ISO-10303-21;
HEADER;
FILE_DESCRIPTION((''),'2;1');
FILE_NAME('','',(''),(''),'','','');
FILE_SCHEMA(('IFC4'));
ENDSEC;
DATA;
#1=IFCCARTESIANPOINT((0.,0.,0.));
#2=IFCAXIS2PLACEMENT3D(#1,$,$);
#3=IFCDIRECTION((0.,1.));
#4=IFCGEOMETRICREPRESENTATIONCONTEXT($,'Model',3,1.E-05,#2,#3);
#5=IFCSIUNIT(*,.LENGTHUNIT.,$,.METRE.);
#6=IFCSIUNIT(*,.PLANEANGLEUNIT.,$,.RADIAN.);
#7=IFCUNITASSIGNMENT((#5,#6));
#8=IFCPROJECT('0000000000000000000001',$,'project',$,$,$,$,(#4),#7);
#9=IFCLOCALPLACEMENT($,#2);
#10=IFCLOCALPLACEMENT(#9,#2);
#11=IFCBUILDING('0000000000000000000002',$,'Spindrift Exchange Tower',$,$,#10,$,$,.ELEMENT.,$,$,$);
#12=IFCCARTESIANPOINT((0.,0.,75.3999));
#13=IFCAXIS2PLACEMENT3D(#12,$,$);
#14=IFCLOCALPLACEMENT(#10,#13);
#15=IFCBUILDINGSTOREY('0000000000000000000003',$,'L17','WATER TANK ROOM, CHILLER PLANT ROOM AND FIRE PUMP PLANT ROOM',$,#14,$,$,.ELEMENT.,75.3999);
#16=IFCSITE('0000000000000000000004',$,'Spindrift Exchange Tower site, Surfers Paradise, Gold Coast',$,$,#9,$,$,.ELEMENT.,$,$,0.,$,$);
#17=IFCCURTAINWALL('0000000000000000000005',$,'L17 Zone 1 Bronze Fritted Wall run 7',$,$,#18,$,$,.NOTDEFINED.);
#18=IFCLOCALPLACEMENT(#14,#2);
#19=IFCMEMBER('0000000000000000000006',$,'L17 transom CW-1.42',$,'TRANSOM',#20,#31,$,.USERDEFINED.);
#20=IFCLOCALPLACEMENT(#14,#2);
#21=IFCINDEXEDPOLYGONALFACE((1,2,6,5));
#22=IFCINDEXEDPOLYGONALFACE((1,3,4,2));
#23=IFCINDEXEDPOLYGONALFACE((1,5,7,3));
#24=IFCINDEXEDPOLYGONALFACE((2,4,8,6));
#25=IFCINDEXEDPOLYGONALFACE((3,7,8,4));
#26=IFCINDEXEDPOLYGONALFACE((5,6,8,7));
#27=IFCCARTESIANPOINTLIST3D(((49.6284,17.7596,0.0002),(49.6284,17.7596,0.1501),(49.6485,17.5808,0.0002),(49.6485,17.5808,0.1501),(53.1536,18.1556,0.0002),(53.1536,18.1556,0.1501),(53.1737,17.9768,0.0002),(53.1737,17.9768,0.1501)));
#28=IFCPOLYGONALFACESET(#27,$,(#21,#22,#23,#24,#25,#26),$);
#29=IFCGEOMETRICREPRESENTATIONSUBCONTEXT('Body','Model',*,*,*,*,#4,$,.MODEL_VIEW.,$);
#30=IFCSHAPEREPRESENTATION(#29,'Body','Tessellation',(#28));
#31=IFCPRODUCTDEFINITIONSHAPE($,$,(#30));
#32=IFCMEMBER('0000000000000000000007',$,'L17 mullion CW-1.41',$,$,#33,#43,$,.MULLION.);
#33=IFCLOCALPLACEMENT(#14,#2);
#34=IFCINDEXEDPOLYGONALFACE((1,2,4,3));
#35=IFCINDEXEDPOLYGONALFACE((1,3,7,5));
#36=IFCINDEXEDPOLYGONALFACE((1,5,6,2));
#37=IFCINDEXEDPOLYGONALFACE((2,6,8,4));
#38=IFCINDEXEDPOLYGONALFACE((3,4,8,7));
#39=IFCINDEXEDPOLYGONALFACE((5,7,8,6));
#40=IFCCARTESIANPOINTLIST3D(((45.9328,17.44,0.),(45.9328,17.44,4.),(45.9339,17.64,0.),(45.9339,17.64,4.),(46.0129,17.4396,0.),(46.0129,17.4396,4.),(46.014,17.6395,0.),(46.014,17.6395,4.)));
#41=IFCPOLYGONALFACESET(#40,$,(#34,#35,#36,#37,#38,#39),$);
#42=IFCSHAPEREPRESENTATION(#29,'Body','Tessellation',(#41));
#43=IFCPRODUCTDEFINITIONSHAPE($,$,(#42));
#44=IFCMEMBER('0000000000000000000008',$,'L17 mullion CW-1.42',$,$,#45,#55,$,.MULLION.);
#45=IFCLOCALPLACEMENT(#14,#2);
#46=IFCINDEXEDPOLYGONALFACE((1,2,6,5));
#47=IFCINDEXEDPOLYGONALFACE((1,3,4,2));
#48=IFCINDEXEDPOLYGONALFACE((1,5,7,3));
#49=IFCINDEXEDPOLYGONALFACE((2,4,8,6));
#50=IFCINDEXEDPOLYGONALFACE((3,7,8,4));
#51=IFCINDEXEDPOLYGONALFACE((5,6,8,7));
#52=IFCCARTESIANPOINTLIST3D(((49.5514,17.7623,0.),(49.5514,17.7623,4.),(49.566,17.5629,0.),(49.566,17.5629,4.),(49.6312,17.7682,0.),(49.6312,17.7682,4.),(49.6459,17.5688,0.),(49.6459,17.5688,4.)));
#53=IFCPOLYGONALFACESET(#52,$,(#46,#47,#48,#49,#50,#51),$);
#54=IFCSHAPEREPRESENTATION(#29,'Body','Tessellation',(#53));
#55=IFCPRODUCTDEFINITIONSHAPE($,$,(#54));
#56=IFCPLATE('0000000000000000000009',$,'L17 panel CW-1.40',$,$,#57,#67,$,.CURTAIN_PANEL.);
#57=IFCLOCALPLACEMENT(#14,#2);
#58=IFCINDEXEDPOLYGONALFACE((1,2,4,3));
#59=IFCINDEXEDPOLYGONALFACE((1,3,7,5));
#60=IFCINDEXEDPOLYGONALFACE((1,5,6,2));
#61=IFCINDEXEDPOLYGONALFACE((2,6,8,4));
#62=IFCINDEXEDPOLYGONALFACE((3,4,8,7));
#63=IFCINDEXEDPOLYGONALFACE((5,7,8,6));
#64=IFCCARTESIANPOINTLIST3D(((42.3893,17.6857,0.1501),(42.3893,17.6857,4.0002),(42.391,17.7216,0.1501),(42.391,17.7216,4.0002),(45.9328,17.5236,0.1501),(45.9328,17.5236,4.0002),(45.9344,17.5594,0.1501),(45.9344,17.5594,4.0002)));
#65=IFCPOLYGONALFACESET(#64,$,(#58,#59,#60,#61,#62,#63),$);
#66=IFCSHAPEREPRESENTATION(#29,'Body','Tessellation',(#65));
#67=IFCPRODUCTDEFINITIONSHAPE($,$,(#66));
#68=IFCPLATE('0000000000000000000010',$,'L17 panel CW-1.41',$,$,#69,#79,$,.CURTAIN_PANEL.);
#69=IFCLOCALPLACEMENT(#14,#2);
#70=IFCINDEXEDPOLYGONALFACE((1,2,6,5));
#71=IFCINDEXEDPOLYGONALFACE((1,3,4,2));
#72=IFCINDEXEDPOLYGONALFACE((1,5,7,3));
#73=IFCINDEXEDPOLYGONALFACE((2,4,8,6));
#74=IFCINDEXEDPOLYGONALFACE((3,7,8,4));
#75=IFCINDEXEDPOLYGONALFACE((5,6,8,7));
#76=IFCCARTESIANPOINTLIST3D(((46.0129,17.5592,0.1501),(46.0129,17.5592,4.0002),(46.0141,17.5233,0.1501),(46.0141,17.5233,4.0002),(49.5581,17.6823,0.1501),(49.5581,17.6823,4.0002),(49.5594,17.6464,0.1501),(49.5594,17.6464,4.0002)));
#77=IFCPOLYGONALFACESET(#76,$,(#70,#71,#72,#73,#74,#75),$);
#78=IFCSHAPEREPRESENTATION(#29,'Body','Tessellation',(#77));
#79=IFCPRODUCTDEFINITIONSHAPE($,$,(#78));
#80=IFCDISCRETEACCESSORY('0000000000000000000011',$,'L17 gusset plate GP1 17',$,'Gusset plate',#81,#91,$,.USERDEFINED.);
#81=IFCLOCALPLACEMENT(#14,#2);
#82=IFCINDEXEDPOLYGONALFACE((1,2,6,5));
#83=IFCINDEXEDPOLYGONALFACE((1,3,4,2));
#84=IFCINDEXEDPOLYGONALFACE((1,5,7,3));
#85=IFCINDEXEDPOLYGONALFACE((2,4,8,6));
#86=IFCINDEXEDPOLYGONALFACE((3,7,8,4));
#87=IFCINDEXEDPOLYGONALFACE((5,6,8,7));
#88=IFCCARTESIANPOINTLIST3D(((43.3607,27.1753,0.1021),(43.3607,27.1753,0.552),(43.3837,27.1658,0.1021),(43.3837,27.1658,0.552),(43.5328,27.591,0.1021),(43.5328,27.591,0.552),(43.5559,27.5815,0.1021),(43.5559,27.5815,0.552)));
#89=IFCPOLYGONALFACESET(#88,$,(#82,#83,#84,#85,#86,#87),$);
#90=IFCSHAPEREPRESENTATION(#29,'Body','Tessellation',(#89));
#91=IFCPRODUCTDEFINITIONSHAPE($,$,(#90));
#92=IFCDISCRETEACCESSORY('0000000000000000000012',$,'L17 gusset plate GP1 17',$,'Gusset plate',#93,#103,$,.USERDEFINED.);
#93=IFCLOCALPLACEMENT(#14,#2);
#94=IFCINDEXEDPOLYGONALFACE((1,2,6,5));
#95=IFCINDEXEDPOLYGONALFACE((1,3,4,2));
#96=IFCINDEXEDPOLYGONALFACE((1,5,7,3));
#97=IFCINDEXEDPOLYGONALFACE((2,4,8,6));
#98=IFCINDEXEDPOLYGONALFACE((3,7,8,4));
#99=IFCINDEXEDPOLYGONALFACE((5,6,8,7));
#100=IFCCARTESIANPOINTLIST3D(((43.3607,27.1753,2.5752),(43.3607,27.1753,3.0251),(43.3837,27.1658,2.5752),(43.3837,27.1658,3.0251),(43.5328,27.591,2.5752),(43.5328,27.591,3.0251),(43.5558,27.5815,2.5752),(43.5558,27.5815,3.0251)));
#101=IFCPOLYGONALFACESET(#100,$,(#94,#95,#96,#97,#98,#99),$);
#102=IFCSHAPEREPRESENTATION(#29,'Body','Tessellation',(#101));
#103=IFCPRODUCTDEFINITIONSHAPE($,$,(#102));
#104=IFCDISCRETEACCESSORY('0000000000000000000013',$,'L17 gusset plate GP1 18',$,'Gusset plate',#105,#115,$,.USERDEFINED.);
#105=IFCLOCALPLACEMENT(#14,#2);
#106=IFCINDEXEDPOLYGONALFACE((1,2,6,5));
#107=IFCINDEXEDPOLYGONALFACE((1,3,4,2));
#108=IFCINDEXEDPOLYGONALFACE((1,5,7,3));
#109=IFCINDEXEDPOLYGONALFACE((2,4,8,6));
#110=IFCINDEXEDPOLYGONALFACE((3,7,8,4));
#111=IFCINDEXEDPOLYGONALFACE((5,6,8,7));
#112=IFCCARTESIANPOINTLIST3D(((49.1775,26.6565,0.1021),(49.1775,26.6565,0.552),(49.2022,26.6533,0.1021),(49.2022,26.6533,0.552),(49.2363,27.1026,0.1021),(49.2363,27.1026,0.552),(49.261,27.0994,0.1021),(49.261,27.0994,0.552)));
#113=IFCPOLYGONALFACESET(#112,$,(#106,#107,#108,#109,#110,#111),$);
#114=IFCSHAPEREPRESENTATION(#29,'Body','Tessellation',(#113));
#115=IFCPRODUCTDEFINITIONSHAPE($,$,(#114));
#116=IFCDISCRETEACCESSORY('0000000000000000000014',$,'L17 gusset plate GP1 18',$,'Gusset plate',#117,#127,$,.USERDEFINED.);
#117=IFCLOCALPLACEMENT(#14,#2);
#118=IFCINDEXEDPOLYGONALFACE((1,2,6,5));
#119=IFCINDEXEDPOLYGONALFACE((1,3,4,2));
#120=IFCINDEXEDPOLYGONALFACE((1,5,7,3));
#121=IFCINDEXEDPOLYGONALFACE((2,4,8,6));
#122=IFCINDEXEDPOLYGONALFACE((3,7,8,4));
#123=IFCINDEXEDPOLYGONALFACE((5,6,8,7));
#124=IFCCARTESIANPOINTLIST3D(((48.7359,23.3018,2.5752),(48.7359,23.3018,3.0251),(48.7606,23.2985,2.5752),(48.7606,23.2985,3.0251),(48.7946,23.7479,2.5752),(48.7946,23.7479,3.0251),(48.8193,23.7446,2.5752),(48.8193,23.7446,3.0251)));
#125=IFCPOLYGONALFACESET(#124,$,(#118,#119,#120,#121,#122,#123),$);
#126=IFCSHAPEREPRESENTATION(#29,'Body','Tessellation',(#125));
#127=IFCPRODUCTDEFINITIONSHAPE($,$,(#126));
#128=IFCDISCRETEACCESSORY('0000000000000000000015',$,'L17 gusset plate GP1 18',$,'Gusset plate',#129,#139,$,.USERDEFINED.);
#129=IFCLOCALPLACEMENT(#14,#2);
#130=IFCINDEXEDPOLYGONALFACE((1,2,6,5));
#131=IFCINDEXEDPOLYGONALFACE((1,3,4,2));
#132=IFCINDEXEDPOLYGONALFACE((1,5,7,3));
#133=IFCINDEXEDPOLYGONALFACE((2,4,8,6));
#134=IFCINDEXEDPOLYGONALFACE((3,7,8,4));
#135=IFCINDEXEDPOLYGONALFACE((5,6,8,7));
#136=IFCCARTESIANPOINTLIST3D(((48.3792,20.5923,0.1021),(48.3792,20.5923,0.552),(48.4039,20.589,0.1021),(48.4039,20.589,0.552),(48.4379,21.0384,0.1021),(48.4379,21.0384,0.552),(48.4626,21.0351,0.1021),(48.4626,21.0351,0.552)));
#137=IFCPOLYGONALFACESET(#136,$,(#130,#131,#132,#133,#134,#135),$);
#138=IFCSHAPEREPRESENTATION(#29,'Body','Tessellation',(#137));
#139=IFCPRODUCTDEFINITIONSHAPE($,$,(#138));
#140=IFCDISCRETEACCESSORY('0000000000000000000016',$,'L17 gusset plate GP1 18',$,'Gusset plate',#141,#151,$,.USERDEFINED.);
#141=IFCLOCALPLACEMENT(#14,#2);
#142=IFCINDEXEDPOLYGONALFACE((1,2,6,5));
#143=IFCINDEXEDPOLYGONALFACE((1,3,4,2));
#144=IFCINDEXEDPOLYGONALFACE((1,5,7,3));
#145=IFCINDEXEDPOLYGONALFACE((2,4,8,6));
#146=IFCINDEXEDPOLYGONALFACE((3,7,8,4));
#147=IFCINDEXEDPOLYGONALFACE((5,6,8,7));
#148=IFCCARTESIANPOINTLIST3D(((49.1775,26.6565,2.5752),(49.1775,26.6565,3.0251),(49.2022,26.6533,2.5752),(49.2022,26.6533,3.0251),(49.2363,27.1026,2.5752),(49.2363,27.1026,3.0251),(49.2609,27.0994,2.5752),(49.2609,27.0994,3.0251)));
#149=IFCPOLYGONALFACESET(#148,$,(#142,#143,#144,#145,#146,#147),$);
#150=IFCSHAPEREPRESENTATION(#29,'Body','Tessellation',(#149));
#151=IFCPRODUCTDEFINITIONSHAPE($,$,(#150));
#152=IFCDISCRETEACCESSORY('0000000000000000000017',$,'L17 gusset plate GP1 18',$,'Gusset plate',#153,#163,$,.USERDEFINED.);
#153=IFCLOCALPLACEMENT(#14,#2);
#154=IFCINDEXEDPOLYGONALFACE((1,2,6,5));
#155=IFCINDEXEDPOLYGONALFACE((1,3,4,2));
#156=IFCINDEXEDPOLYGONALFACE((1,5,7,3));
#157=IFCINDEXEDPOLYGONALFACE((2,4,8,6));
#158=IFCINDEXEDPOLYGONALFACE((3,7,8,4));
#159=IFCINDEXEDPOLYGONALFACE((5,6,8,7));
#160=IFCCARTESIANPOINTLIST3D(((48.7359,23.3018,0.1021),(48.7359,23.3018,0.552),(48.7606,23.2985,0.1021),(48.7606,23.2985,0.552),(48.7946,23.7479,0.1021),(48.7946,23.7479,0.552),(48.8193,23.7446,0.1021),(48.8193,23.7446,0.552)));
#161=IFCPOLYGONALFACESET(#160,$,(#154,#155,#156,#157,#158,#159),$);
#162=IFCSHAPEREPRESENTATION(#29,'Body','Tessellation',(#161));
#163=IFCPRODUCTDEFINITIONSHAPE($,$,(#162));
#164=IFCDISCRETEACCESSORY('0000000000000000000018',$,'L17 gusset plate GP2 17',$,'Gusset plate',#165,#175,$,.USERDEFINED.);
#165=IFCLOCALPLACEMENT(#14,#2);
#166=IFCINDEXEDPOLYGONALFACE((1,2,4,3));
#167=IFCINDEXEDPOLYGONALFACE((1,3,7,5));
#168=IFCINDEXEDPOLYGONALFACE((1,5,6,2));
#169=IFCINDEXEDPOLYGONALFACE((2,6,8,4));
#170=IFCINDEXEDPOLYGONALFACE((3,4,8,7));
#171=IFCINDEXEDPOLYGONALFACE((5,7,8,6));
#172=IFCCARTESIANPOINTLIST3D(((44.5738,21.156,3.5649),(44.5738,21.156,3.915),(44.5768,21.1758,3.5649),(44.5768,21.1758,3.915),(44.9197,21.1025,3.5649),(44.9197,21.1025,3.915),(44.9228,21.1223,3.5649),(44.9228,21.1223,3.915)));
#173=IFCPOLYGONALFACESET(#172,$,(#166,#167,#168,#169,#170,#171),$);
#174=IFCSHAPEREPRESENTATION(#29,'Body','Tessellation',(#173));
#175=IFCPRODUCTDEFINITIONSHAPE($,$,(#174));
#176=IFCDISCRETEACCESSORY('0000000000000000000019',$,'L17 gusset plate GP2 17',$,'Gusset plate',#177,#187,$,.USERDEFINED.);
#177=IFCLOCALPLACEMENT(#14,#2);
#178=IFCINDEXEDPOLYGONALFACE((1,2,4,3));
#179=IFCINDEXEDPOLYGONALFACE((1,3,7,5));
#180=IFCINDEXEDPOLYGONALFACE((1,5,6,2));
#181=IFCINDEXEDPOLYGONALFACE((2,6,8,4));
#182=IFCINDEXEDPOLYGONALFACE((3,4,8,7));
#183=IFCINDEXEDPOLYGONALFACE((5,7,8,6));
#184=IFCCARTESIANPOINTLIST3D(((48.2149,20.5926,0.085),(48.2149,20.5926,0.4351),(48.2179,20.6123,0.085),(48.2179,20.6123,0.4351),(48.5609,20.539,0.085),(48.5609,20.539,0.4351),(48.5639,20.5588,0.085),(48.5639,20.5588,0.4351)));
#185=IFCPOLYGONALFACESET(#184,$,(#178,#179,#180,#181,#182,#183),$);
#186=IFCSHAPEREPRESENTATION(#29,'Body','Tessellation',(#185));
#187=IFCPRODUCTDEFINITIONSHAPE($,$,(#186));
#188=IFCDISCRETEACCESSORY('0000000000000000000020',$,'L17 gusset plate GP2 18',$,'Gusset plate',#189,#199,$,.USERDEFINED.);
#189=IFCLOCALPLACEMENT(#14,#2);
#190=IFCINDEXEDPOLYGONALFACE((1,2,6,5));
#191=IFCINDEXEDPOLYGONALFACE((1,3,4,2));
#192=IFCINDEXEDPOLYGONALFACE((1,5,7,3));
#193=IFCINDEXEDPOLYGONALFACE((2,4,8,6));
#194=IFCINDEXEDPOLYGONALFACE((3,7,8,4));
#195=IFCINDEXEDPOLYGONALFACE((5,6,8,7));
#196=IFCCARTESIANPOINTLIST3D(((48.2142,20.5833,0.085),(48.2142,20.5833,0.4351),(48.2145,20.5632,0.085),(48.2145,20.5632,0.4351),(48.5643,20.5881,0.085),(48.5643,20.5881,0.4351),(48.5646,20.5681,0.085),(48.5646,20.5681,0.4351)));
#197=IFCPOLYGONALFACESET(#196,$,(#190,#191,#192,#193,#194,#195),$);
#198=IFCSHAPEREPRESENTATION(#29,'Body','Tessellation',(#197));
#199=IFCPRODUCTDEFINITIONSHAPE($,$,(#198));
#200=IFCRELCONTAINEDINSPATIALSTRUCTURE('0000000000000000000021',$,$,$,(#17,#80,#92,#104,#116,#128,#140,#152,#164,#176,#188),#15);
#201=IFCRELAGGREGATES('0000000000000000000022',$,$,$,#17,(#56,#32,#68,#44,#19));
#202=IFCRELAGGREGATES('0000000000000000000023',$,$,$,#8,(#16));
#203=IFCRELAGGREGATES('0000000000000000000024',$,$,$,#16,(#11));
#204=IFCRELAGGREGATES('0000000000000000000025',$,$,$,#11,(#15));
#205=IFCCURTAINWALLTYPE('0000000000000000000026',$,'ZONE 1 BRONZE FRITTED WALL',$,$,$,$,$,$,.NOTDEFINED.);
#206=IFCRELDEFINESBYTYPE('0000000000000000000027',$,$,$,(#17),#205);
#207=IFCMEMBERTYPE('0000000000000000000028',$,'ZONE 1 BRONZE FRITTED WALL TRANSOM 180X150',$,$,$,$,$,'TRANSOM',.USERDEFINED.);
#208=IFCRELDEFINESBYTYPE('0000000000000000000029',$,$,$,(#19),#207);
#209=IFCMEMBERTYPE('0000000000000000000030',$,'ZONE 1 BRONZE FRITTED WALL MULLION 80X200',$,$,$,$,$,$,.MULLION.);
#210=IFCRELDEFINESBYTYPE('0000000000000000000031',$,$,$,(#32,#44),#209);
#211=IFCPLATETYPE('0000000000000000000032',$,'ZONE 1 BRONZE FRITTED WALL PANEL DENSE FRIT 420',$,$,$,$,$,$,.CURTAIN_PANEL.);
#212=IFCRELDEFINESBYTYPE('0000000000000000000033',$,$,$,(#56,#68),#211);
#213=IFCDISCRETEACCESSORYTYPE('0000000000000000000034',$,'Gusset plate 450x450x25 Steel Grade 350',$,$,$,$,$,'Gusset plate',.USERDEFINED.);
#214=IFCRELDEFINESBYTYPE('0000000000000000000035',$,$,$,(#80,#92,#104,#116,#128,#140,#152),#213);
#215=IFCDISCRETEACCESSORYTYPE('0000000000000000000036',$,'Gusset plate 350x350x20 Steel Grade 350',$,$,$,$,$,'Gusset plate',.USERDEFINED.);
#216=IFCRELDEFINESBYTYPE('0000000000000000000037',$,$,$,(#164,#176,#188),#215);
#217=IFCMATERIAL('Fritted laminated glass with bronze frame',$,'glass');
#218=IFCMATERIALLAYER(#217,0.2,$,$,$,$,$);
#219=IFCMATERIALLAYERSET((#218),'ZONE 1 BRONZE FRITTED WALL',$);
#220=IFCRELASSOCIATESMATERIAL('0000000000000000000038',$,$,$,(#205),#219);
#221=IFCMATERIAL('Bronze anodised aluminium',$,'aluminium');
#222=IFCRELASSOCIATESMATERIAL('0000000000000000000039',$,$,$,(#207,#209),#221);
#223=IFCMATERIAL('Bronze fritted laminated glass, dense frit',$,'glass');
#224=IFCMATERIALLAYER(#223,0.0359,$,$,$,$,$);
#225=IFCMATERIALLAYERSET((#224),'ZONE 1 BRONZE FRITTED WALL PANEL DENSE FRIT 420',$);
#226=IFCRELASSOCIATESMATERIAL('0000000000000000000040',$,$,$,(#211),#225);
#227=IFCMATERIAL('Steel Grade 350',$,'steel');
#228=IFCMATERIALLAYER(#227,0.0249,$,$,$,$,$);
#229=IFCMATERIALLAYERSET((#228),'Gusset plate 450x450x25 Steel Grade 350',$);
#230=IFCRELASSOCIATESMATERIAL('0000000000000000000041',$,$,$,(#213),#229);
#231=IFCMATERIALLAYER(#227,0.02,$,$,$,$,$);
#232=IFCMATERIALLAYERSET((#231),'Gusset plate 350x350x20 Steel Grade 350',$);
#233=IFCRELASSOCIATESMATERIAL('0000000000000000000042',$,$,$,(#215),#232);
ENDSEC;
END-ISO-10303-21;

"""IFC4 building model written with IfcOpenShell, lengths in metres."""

from ifc_helpers import new_model, si_unit, direction, frame, origin, origin_2d, place, context, subcontext, project, spatial, rectangle, extrude, source, transform, mapped, material, layer, layer_set, material_profile, profile_set, type_object, element, aggregate, save


model = new_model("IFC4")

# Units and contexts
model_context = context("Model", 3, precision=1e-05, world=origin(), true_north=direction((0.0, 1.0)))
body_context = subcontext(model_context, "Body", "Model", "MODEL_VIEW")
ifc_project = project(units=[si_unit("LENGTHUNIT", "METRE"), si_unit("PLANEANGLEUNIT", "RADIAN")], contexts=[model_context])

# Site, building, storey
site_placement = place(None, origin())
site = spatial("IfcSite", under=ifc_project, at=site_placement, Name="Spindrift Exchange Tower site, Surfers Paradise, Gold Coast", CompositionType="ELEMENT", RefElevation=0.0)
building_placement = place(site_placement, origin())
building = spatial("IfcBuilding", under=site, at=building_placement, Name="Spindrift Exchange Tower", CompositionType="ELEMENT")
storey_placement = place(building_placement, frame((0.0, 0.0, 75.3999)))
storey = spatial("IfcBuildingStorey", under=building, at=storey_placement, Name="L17", Description="WATER TANK ROOM, CHILLER PLANT ROOM AND FIRE PUMP PLANT ROOM", CompositionType="ELEMENT", Elevation=75.3999)

# Shared definitions
ifc_material_1 = material(Name="Steel Grade 350", Category="steel")

# Curtain wall, members, plates
ifc_material_2 = material(Name="Fritted laminated glass with bronze frame", Category="glass")
ifc_layer_1 = layer(ifc_material_2, 0.2)
ifc_layer_set_1 = layer_set([ifc_layer_1], Name="ZONE 1 BRONZE FRITTED WALL")
curtain_wall_type = type_object("IfcCurtainWallType", Name="ZONE 1 BRONZE FRITTED WALL", PredefinedType="NOTDEFINED", material=ifc_layer_set_1)
curtain_wall_placement = place(storey_placement, origin())
curtain_wall = element("IfcCurtainWall", 1, at=curtain_wall_placement, inside=storey, type_object=curtain_wall_type, Name="L17 Zone 1 Bronze Fritted Wall run 7", PredefinedType="NOTDEFINED")
ifc_material_3 = material(Name="Bronze anodised aluminium", Category="aluminium")
ifc_material_profile_1 = material_profile(ifc_material_3, rectangle(XDim=0.1799, YDim=0.1499, at=origin_2d()), Name="ZONE 1 BRONZE FRITTED WALL TRANSOM 180X150")
ifc_profile_set_1 = profile_set([ifc_material_profile_1], Name="Bronze anodised aluminium")
member_type_1 = type_object("IfcMemberType", Name="ZONE 1 BRONZE FRITTED WALL TRANSOM 180X150", ElementType="TRANSOM", PredefinedType="USERDEFINED", material=ifc_profile_set_1)
shared_shape_1 = source(origin(), body_context, "Body", "SweptSolid", [
    extrude(rectangle(XDim=0.1799, YDim=0.1499, at=origin_2d()), origin(), (0.0, 0.0, 1.0), 3.5474),
])
member_1_placement = place(storey_placement, frame((49.6384, 17.6702, 0.0752), z_axis=(0.99375, 0.111633, 0.0), x_axis=(-0.111633, 0.99375, 0.0)))
member_1 = element("IfcMember", 2, at=member_1_placement, type_object=member_type_1, Name="L17 transom CW-1.42", ObjectType="TRANSOM", PredefinedType="USERDEFINED", context=body_context, shape_type="MappedRepresentation", body=[
    mapped(shared_shape_1, transform((0.0, 0.0, 0.0), scale=1.0)),
])
ifc_material_profile_2 = material_profile(ifc_material_3, rectangle(XDim=0.0801, YDim=0.2, at=origin_2d()), Name="ZONE 1 BRONZE FRITTED WALL MULLION 80X200")
ifc_profile_set_2 = profile_set([ifc_material_profile_2], Name="Bronze anodised aluminium")
member_type_2 = type_object("IfcMemberType", Name="ZONE 1 BRONZE FRITTED WALL MULLION 80X200", PredefinedType="MULLION", material=ifc_profile_set_2)
shared_shape_2 = source(origin(), body_context, "Body", "SweptSolid", [
    extrude(rectangle(XDim=0.0801, YDim=0.2, at=origin_2d()), origin(), (0.0, 0.0, 1.0), 4.0),
])
member_2_placement = place(storey_placement, frame((45.9734, 17.5398, 0.0), z_axis=(0.0, 0.0, 1.0), x_axis=(0.999985, -0.005505, 0.0)))
member_2 = element("IfcMember", 3, at=member_2_placement, type_object=member_type_2, Name="L17 mullion CW-1.41", PredefinedType="MULLION", context=body_context, shape_type="MappedRepresentation", body=[
    mapped(shared_shape_2, transform((0.0, 0.0, 0.0), scale=1.0)),
])
member_3_placement = place(storey_placement, frame((49.5986, 17.6655, 0.0), z_axis=(0.0, 0.0, 1.0), x_axis=(0.997315, 0.073234, 0.0)))
member_3 = element("IfcMember", 4, at=member_3_placement, type_object=member_type_2, Name="L17 mullion CW-1.42", PredefinedType="MULLION", context=body_context, shape_type="MappedRepresentation", body=[
    mapped(shared_shape_2, transform((0.0, 0.0, 0.0), scale=1.0)),
])
ifc_material_4 = material(Name="Bronze fritted laminated glass, dense frit", Category="glass")
ifc_layer_2 = layer(ifc_material_4, 0.0359)
ifc_layer_set_2 = layer_set([ifc_layer_2], Name="ZONE 1 BRONZE FRITTED WALL PANEL DENSE FRIT 420")
plate_type = type_object("IfcPlateType", Name="ZONE 1 BRONZE FRITTED WALL PANEL DENSE FRIT 420", PredefinedType="CURTAIN_PANEL", material=ifc_layer_set_2)
shared_shape_3 = source(origin(), body_context, "Body", "SweptSolid", [
    extrude(rectangle(XDim=3.5471, YDim=0.0359, at=origin_2d()), origin(), (0.0, 0.0, 1.0), 3.8501),
])
plate_1_placement = place(storey_placement, frame((44.1619, 17.6226, 0.1501), z_axis=(0.0, 0.0, 1.0), x_axis=(0.998955, -0.04571, 0.0)))
plate_1 = element("IfcPlate", 5, at=plate_1_placement, type_object=plate_type, Name="L17 panel CW-1.40", PredefinedType="CURTAIN_PANEL", context=body_context, shape_type="MappedRepresentation", body=[
    mapped(shared_shape_3, transform((0.0, 0.0, 0.0), scale=1.0)),
])
shared_shape_4 = source(origin(), body_context, "Body", "SweptSolid", [
    extrude(rectangle(XDim=3.5474, YDim=0.0359, at=origin_2d()), origin(), (0.0, 0.0, 1.0), 3.8501),
])
plate_2_placement = place(storey_placement, frame((47.7861, 17.6028, 0.1501), z_axis=(0.0, 0.0, 1.0), x_axis=(0.999397, 0.034709, 0.0)))
plate_2 = element("IfcPlate", 6, at=plate_2_placement, type_object=plate_type, Name="L17 panel CW-1.41", PredefinedType="CURTAIN_PANEL", context=body_context, shape_type="MappedRepresentation", body=[
    mapped(shared_shape_4, transform((0.0, 0.0, 0.0), scale=1.0)),
])
aggregate(curtain_wall, [plate_1, member_2, plate_2, member_3, member_1])

# Discrete accessories
ifc_layer_3 = layer(ifc_material_1, 0.0249)
ifc_layer_set_3 = layer_set([ifc_layer_3], Name="Gusset plate 450x450x25 Steel Grade 350")
discrete_accessory_type_1 = type_object("IfcDiscreteAccessoryType", Name="Gusset plate 450x450x25 Steel Grade 350", ElementType="Gusset plate", PredefinedType="USERDEFINED", material=ifc_layer_set_3)
shared_shape_5 = source(origin(), body_context, "Body", "SweptSolid", [
    extrude(rectangle(XDim=0.45, YDim=0.0249, at=origin_2d()), origin(), (0.0, 0.0, 1.0), 0.45),
])
for number, where, z_axis, x_axis, name in (
    (7, (43.4583, 27.3784, 0.1021), (0.0, 0.0, 1.0), (-0.382685, -0.923879, 0.0), "L17 gusset plate GP1 17"),
    (8, (43.4583, 27.3784, 2.5752), (0.0, 0.0, 1.0), (-0.382683, -0.92388, 0.0), "L17 gusset plate GP1 17"),
    (9, (49.2192, 26.8779, 0.1021), (0.0, 0.0, 1.0), (-0.13054, -0.991443, 0.0), "L17 gusset plate GP1 18"),
    (10, (48.7776, 23.5232, 2.5752), (0.0, 0.0, 1.0), (-0.130507, -0.991447, 0.0), "L17 gusset plate GP1 18"),
    (11, (48.4209, 20.8137, 0.1021), (0.0, 0.0, 1.0), (-0.130552, -0.991441, 0.0), "L17 gusset plate GP1 18"),
    (12, (49.2192, 26.8779, 2.5752), (0.0, 0.0, 1.0), (-0.130526, -0.991445, 0.0), "L17 gusset plate GP1 18"),
    (13, (48.7776, 23.5232, 0.1021), (0.0, 0.0, 1.0), (-0.130526, -0.991445, 0.0), "L17 gusset plate GP1 18"),
):
    element("IfcDiscreteAccessory", number, at=place(storey_placement, frame(where, z_axis=z_axis, x_axis=x_axis)), inside=storey, type_object=discrete_accessory_type_1, Name=name, ObjectType="Gusset plate", PredefinedType="USERDEFINED", context=body_context, shape_type="MappedRepresentation", body=[
        mapped(shared_shape_5, transform((0.0, 0.0, 0.0), scale=1.0)),
    ])
ifc_layer_4 = layer(ifc_material_1, 0.02)
ifc_layer_set_4 = layer_set([ifc_layer_4], Name="Gusset plate 350x350x20 Steel Grade 350")
discrete_accessory_type_2 = type_object("IfcDiscreteAccessoryType", Name="Gusset plate 350x350x20 Steel Grade 350", ElementType="Gusset plate", PredefinedType="USERDEFINED", material=ifc_layer_set_4)
shared_shape_6 = source(origin(), body_context, "Body", "SweptSolid", [
    extrude(rectangle(XDim=0.3501, YDim=0.02, at=origin_2d()), origin(), (0.0, 0.0, 1.0), 0.3501),
])
for number, where, z_axis, x_axis, name in (
    (14, (44.7483, 21.1392, 3.5649), (0.0, 0.0, 1.0), (0.988235, -0.152941, 0.0), "L17 gusset plate GP2 17"),
    (15, (48.3894, 20.5757, 0.085), (0.0, 0.0, 1.0), (0.988235, -0.152941, 0.0), "L17 gusset plate GP2 17"),
    (16, (48.3894, 20.5757, 0.085), (0.0, 0.0, 1.0), (0.999904, 0.013873, 0.0), "L17 gusset plate GP2 18"),
):
    element("IfcDiscreteAccessory", number, at=place(storey_placement, frame(where, z_axis=z_axis, x_axis=x_axis)), inside=storey, type_object=discrete_accessory_type_2, Name=name, ObjectType="Gusset plate", PredefinedType="USERDEFINED", context=body_context, shape_type="MappedRepresentation", body=[
        mapped(shared_shape_6, transform((0.0, 0.0, 0.0), scale=1.0)),
    ])

save(model, "model.ifc")
